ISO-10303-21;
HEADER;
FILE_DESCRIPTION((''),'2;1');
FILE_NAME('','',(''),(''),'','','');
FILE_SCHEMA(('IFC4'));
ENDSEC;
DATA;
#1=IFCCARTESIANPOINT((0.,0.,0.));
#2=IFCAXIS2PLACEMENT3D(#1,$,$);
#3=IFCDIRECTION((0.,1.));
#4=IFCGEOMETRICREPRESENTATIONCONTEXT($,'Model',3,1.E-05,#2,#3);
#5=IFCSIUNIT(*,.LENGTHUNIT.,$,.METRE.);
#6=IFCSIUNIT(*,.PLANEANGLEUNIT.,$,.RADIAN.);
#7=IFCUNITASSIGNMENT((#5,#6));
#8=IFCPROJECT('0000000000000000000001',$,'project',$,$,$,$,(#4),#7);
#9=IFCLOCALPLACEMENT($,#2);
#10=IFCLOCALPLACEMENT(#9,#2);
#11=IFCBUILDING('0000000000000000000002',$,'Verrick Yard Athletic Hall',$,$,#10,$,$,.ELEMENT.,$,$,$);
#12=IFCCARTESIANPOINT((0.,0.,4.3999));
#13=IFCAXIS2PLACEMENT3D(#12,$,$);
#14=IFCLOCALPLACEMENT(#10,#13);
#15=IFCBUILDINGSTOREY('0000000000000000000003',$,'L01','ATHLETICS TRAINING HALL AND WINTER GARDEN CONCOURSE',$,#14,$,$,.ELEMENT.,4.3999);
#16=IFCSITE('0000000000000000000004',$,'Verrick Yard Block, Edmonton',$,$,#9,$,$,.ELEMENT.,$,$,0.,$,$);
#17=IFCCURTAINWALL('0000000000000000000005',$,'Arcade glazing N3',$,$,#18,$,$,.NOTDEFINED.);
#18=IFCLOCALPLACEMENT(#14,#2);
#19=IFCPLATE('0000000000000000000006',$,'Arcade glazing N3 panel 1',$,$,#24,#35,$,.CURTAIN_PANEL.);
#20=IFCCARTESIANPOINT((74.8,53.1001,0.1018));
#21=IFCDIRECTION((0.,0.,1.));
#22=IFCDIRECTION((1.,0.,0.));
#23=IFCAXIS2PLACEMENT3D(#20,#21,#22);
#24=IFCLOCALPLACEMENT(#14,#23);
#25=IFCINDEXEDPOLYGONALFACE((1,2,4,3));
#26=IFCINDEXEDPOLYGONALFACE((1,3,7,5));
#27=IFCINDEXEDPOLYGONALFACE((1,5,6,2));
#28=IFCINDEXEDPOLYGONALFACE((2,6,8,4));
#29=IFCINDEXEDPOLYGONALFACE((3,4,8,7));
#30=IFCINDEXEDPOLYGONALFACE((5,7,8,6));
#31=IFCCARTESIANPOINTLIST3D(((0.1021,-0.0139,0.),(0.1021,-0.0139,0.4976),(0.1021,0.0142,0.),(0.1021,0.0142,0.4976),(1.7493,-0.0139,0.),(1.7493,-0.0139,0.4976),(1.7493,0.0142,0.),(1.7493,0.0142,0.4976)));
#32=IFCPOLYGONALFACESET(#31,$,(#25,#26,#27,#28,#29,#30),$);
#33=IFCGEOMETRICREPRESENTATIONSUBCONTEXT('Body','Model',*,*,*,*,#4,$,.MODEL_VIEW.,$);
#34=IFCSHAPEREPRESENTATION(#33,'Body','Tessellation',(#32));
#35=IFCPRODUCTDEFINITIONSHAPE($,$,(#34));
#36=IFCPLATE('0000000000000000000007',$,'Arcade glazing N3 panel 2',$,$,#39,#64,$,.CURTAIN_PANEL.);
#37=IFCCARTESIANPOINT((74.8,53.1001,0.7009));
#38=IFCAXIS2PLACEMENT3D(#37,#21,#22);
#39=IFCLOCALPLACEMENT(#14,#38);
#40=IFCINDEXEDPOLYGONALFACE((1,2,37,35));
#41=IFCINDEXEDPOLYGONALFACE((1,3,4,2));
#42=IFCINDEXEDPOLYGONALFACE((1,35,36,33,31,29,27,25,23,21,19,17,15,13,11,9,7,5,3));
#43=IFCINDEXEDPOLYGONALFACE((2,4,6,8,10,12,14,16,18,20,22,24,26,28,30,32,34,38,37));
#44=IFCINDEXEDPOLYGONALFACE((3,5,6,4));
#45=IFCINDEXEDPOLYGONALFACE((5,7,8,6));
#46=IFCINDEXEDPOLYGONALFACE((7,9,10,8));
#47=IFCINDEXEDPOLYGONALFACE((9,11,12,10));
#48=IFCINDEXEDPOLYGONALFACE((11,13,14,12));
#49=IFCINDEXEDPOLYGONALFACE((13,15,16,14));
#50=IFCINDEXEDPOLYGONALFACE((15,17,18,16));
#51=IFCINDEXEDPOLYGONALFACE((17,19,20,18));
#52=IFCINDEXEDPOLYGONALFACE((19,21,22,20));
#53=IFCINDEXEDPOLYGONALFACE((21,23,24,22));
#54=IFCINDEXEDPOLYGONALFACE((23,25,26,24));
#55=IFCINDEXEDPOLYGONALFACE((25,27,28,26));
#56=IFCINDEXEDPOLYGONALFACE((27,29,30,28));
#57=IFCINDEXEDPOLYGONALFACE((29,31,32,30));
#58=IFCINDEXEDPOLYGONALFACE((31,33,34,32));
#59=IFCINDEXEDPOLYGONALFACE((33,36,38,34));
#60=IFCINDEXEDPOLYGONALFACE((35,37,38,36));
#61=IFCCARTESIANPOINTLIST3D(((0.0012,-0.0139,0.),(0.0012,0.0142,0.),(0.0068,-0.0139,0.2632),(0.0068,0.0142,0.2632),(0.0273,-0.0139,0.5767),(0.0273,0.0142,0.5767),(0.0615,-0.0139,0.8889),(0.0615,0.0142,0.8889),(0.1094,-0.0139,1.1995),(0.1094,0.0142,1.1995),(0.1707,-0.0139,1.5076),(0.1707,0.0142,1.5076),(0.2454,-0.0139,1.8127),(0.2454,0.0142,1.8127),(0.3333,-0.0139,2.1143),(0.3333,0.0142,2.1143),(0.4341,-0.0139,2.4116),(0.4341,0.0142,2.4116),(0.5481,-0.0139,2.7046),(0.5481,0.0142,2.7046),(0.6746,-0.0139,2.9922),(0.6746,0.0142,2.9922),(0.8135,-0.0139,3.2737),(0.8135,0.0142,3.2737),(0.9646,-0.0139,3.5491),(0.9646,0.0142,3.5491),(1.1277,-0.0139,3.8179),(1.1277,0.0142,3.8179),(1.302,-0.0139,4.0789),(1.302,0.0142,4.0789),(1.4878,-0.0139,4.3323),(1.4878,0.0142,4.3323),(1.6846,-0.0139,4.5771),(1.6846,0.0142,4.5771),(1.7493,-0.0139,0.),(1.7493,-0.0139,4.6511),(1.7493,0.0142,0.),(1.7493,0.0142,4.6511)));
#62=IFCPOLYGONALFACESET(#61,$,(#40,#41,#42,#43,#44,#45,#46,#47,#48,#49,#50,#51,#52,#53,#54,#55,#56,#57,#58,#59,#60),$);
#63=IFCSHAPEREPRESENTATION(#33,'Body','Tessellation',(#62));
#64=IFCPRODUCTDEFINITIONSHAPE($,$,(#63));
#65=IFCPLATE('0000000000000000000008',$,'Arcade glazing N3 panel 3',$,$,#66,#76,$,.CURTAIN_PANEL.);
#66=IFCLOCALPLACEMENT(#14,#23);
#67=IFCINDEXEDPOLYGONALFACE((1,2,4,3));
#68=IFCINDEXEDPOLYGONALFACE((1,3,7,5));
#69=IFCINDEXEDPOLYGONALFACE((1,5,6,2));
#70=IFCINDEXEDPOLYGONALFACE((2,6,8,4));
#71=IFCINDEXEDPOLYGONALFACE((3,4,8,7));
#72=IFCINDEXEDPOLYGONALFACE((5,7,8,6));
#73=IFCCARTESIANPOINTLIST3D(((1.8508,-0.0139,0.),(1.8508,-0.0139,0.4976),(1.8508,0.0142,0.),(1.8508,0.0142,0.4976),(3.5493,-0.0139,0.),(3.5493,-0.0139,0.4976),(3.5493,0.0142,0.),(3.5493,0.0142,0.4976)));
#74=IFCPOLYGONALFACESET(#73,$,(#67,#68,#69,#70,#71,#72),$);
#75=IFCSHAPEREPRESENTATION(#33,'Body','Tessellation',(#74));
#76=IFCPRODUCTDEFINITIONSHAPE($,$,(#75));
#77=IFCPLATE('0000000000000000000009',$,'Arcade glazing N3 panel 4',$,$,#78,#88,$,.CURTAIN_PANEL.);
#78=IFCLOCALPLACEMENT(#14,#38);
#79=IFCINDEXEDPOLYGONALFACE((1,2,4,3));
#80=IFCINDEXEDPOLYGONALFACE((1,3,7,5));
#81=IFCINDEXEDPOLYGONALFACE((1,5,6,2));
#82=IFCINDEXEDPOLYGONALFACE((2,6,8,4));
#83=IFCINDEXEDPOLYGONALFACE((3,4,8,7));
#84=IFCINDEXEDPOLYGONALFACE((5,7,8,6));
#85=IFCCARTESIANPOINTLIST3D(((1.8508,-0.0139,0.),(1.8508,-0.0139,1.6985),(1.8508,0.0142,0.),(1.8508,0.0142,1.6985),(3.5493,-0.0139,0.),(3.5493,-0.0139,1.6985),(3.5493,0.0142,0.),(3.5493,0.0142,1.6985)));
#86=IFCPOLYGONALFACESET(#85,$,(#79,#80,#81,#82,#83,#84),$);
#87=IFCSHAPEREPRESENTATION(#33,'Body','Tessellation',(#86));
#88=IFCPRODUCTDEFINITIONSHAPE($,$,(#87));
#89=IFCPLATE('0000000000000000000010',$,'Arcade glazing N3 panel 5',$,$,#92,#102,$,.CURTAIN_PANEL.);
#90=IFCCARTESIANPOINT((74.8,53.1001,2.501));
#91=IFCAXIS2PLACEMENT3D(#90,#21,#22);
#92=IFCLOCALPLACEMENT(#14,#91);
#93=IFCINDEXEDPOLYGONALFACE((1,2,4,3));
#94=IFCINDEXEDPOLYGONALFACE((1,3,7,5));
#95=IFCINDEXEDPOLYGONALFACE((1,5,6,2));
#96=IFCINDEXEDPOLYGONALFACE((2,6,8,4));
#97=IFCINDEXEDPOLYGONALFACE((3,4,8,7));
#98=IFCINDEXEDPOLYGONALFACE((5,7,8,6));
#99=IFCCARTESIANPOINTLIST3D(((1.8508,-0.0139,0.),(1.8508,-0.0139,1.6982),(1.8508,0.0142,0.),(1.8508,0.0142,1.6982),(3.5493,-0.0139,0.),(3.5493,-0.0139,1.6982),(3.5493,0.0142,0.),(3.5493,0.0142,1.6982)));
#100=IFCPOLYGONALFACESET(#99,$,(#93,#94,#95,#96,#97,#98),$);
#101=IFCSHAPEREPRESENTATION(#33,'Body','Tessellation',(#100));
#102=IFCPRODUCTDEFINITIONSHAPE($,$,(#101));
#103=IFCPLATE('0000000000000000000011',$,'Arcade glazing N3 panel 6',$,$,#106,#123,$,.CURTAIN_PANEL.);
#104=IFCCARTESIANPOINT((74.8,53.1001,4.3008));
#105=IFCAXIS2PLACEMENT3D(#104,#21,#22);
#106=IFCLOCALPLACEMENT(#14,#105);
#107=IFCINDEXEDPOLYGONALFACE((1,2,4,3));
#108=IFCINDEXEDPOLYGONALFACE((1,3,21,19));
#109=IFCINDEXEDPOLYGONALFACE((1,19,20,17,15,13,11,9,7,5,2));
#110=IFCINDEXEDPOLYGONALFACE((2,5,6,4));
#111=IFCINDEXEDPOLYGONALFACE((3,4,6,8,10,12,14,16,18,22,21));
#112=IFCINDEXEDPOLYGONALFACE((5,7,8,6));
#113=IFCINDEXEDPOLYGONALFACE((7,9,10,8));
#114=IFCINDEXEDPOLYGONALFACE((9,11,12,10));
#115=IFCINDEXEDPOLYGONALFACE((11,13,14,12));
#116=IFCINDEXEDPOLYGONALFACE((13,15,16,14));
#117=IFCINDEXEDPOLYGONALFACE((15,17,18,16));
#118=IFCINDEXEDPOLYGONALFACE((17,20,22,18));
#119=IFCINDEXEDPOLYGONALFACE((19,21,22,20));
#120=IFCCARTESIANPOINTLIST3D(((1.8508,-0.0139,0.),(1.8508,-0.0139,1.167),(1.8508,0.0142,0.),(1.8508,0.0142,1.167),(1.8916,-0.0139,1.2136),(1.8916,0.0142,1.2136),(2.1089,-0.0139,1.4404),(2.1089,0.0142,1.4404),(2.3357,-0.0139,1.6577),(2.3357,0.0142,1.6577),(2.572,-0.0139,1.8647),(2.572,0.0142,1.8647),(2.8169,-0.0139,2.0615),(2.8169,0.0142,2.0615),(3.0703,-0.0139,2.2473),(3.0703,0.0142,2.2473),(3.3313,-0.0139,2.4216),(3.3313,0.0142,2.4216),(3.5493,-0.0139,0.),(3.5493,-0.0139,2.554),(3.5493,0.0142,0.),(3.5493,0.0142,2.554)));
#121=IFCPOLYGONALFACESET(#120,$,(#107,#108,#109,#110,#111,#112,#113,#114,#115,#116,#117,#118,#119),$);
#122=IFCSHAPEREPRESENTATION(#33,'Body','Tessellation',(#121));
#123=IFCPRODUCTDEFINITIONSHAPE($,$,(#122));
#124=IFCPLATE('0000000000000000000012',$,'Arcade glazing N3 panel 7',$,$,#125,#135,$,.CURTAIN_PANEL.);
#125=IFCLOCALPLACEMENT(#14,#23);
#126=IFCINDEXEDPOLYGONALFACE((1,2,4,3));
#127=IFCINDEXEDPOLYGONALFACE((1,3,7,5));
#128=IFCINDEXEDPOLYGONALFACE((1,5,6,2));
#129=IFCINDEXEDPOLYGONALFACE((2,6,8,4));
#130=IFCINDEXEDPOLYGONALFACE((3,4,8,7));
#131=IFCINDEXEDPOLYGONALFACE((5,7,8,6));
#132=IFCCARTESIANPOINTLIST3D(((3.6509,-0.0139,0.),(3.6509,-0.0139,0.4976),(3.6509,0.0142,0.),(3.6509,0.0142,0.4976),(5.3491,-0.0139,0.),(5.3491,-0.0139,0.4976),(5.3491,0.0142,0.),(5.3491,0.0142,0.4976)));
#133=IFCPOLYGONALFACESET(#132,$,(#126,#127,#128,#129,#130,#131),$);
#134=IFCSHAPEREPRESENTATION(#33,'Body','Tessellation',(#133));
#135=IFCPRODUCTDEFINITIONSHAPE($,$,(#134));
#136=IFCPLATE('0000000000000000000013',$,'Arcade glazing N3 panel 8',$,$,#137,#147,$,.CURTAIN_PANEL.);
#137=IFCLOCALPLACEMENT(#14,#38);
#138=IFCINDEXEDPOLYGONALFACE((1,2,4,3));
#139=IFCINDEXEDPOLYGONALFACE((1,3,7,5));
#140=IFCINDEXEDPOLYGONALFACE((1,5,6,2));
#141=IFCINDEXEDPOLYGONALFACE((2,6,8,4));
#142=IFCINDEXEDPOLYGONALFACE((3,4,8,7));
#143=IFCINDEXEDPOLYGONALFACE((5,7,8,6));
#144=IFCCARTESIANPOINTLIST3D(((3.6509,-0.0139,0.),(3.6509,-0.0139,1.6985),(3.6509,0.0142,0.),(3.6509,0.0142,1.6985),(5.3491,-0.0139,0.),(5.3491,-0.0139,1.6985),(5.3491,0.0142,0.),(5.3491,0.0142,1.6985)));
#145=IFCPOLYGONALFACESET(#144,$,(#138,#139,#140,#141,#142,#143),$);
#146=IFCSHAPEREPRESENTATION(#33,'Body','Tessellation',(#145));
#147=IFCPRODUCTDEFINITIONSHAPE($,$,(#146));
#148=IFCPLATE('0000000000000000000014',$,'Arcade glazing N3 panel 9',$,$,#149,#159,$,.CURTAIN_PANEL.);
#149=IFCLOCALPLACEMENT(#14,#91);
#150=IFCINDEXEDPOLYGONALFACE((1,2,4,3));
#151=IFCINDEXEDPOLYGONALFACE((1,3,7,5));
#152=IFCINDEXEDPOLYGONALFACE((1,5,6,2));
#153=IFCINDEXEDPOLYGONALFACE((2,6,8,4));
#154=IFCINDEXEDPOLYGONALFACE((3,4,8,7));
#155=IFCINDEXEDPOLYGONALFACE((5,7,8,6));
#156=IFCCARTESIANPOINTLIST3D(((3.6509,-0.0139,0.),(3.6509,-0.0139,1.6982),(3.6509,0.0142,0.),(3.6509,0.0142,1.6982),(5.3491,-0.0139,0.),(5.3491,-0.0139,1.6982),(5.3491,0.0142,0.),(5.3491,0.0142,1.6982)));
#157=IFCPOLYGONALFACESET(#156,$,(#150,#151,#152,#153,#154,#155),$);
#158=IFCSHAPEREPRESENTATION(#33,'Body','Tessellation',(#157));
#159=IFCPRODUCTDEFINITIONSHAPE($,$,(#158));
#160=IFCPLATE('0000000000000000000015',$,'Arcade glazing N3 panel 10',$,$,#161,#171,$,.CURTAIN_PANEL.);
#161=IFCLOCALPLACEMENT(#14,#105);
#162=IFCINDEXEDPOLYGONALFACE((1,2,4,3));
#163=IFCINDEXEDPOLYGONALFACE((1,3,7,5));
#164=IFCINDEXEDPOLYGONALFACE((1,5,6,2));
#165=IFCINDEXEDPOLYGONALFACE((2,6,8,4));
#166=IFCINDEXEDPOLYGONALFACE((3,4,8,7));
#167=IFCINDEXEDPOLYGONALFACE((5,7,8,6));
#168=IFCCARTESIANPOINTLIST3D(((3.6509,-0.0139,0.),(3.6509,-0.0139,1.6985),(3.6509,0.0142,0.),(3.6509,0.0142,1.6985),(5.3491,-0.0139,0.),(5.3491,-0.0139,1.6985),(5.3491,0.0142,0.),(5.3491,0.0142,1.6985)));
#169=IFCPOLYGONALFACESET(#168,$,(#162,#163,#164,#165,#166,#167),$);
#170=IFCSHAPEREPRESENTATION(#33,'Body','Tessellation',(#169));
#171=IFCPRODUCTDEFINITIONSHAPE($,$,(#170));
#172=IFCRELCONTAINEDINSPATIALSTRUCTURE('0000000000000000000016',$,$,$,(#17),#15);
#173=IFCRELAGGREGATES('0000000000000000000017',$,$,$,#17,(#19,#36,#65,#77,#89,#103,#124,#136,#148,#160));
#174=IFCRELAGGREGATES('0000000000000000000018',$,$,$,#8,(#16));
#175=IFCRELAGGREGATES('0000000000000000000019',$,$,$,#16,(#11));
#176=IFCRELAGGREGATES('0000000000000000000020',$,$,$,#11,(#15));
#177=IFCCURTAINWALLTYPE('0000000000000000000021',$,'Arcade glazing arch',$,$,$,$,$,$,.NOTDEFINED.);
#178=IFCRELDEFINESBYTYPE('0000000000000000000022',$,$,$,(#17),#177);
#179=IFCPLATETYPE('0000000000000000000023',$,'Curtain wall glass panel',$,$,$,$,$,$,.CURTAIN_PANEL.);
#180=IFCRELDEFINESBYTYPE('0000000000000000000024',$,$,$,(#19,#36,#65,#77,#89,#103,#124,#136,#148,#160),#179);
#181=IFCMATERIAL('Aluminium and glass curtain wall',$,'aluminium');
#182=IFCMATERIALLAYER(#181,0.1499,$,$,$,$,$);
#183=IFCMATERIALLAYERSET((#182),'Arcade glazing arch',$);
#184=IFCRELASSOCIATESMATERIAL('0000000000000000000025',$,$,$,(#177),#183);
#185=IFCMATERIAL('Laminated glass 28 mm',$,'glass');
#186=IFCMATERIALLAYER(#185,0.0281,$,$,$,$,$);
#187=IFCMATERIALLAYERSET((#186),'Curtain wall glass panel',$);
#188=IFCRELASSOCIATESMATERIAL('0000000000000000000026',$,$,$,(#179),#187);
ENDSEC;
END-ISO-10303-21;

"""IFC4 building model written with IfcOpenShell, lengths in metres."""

from ifc_helpers import new_model, si_unit, direction, frame, origin, place, context, subcontext, project, spatial, polyline, outline, extrude, material, layer, layer_set, type_object, element, aggregate, save


model = new_model("IFC4")

# Units and contexts
model_context = context("Model", 3, precision=1e-05, world=origin(), true_north=direction((0.0, 1.0)))
body_context = subcontext(model_context, "Body", "Model", "MODEL_VIEW")
ifc_project = project(units=[si_unit("LENGTHUNIT", "METRE"), si_unit("PLANEANGLEUNIT", "RADIAN")], contexts=[model_context])

# Site, building, storey
site_placement = place(None, origin())
site = spatial("IfcSite", under=ifc_project, at=site_placement, Name="Verrick Yard Block, Edmonton", CompositionType="ELEMENT", RefElevation=0.0)
building_placement = place(site_placement, origin())
building = spatial("IfcBuilding", under=site, at=building_placement, Name="Verrick Yard Athletic Hall", CompositionType="ELEMENT")
storey_placement = place(building_placement, frame((0.0, 0.0, 4.3999)))
storey = spatial("IfcBuildingStorey", under=building, at=storey_placement, Name="L01", Description="ATHLETICS TRAINING HALL AND WINTER GARDEN CONCOURSE", CompositionType="ELEMENT", Elevation=4.3999)

# Shared definitions
ifc_material_1 = material(Name="Aluminium and glass curtain wall", Category="aluminium")
ifc_layer_1 = layer(ifc_material_1, 0.1499)
ifc_layer_set_1 = layer_set([ifc_layer_1], Name="Arcade glazing arch")
curtain_wall_type = type_object("IfcCurtainWallType", Name="Arcade glazing arch", PredefinedType="NOTDEFINED", material=ifc_layer_set_1)

# Curtain wall, plates
curtain_wall_1_placement = place(storey_placement, origin())
curtain_wall_1 = element("IfcCurtainWall", 1, at=curtain_wall_1_placement, inside=storey, type_object=curtain_wall_type, Name="Arcade glazing N3", PredefinedType="NOTDEFINED")
ifc_material_2 = material(Name="Laminated glass 28 mm", Category="glass")
ifc_layer_2 = layer(ifc_material_2, 0.0281)
ifc_layer_set_2 = layer_set([ifc_layer_2], Name="Curtain wall glass panel")
plate_type = type_object("IfcPlateType", Name="Curtain wall glass panel", PredefinedType="CURTAIN_PANEL", material=ifc_layer_set_2)
plate_1_placement = place(storey_placement, frame((74.8, 53.1001, 0.1018), z_axis=(0.0, 0.0, 1.0), x_axis=(1.0, 0.0, 0.0)))
plate_1 = element("IfcPlate", 2, at=plate_1_placement, type_object=plate_type, Name="Arcade glazing N3 panel 1", PredefinedType="CURTAIN_PANEL", context=body_context, shape_type="SweptSolid", body=[
    extrude(outline(polyline([(1.7493, 0.0), (1.7493, 0.4976), (0.1021, 0.4976), (0.1021, 0.0), (1.7493, 0.0)])), frame((0.0, 0.0142, 0.0), z_axis=(0.0, -1.0, 0.0), x_axis=(1.0, 0.0, 0.0)), (0.0, 0.0, 1.0), 0.0281),
])
plate_2_placement = place(storey_placement, frame((74.8, 53.1001, 0.7009), z_axis=(0.0, 0.0, 1.0), x_axis=(1.0, 0.0, 0.0)))
plate_2 = element("IfcPlate", 3, at=plate_2_placement, type_object=plate_type, Name="Arcade glazing N3 panel 2", PredefinedType="CURTAIN_PANEL", context=body_context, shape_type="SweptSolid", body=[
    extrude(outline(polyline([(1.7493, 4.6511), (1.6846, 4.5771), (1.4878, 4.3323), (1.302, 4.0789), (1.1277, 3.8179), (0.9646, 3.5491), (0.8135, 3.2737), (0.6746, 2.9922), (0.5481, 2.7046), (0.4341, 2.4116), (0.3333, 2.1143), (0.2454, 1.8127), (0.1707, 1.5076), (0.1094, 1.1995), (0.0615, 0.8889), (0.0273, 0.5767), (0.0068, 0.2632), (0.0012, 0.0), (1.7493, 0.0), (1.7493, 4.6511)])), frame((0.0, 0.0142, 0.0), z_axis=(0.0, -1.0, 0.0), x_axis=(1.0, 0.0, 0.0)), (0.0, 0.0, 1.0), 0.0281),
])
plate_3_placement = place(storey_placement, frame((74.8, 53.1001, 0.1018), z_axis=(0.0, 0.0, 1.0), x_axis=(1.0, 0.0, 0.0)))
plate_3 = element("IfcPlate", 4, at=plate_3_placement, type_object=plate_type, Name="Arcade glazing N3 panel 3", PredefinedType="CURTAIN_PANEL", context=body_context, shape_type="SweptSolid", body=[
    extrude(outline(polyline([(3.5493, 0.0), (3.5493, 0.4976), (1.8508, 0.4976), (1.8508, 0.0), (3.5493, 0.0)])), frame((0.0, 0.0142, 0.0), z_axis=(0.0, -1.0, 0.0), x_axis=(1.0, 0.0, 0.0)), (0.0, 0.0, 1.0), 0.0281),
])
plate_4_placement = place(storey_placement, frame((74.8, 53.1001, 0.7009), z_axis=(0.0, 0.0, 1.0), x_axis=(1.0, 0.0, 0.0)))
plate_4 = element("IfcPlate", 5, at=plate_4_placement, type_object=plate_type, Name="Arcade glazing N3 panel 4", PredefinedType="CURTAIN_PANEL", context=body_context, shape_type="SweptSolid", body=[
    extrude(outline(polyline([(3.5493, 0.0), (3.5493, 1.6985), (1.8508, 1.6985), (1.8508, 0.0), (3.5493, 0.0)])), frame((0.0, 0.0142, 0.0), z_axis=(0.0, -1.0, 0.0), x_axis=(1.0, 0.0, 0.0)), (0.0, 0.0, 1.0), 0.0281),
])
plate_5_placement = place(storey_placement, frame((74.8, 53.1001, 2.501), z_axis=(0.0, 0.0, 1.0), x_axis=(1.0, 0.0, 0.0)))
plate_5 = element("IfcPlate", 6, at=plate_5_placement, type_object=plate_type, Name="Arcade glazing N3 panel 5", PredefinedType="CURTAIN_PANEL", context=body_context, shape_type="SweptSolid", body=[
    extrude(outline(polyline([(3.5493, 0.0), (3.5493, 1.6982), (1.8508, 1.6982), (1.8508, 0.0), (3.5493, 0.0)])), frame((0.0, 0.0142, 0.0), z_axis=(0.0, -1.0, 0.0), x_axis=(1.0, 0.0, 0.0)), (0.0, 0.0, 1.0), 0.0281),
])
plate_6_placement = place(storey_placement, frame((74.8, 53.1001, 4.3008), z_axis=(0.0, 0.0, 1.0), x_axis=(1.0, 0.0, 0.0)))
plate_6 = element("IfcPlate", 7, at=plate_6_placement, type_object=plate_type, Name="Arcade glazing N3 panel 6", PredefinedType="CURTAIN_PANEL", context=body_context, shape_type="SweptSolid", body=[
    extrude(outline(polyline([(3.5493, 2.554), (3.3313, 2.4216), (3.0703, 2.2473), (2.8169, 2.0615), (2.572, 1.8647), (2.3357, 1.6577), (2.1089, 1.4404), (1.8916, 1.2136), (1.8508, 1.167), (1.8508, 0.0), (3.5493, 0.0), (3.5493, 2.554)])), frame((0.0, 0.0142, 0.0), z_axis=(0.0, -1.0, 0.0), x_axis=(1.0, 0.0, 0.0)), (0.0, 0.0, 1.0), 0.0281),
])
plate_7_placement = place(storey_placement, frame((74.8, 53.1001, 0.1018), z_axis=(0.0, 0.0, 1.0), x_axis=(1.0, 0.0, 0.0)))
plate_7 = element("IfcPlate", 8, at=plate_7_placement, type_object=plate_type, Name="Arcade glazing N3 panel 7", PredefinedType="CURTAIN_PANEL", context=body_context, shape_type="SweptSolid", body=[
    extrude(outline(polyline([(5.3491, 0.0), (5.3491, 0.4976), (3.6509, 0.4976), (3.6509, 0.0), (5.3491, 0.0)])), frame((0.0, 0.0142, 0.0), z_axis=(0.0, -1.0, 0.0), x_axis=(1.0, 0.0, 0.0)), (0.0, 0.0, 1.0), 0.0281),
])
plate_8_placement = place(storey_placement, frame((74.8, 53.1001, 0.7009), z_axis=(0.0, 0.0, 1.0), x_axis=(1.0, 0.0, 0.0)))
plate_8 = element("IfcPlate", 9, at=plate_8_placement, type_object=plate_type, Name="Arcade glazing N3 panel 8", PredefinedType="CURTAIN_PANEL", context=body_context, shape_type="SweptSolid", body=[
    extrude(outline(polyline([(5.3491, 0.0), (5.3491, 1.6985), (3.6509, 1.6985), (3.6509, 0.0), (5.3491, 0.0)])), frame((0.0, 0.0142, 0.0), z_axis=(0.0, -1.0, 0.0), x_axis=(1.0, 0.0, 0.0)), (0.0, 0.0, 1.0), 0.0281),
])
plate_9_placement = place(storey_placement, frame((74.8, 53.1001, 2.501), z_axis=(0.0, 0.0, 1.0), x_axis=(1.0, 0.0, 0.0)))
plate_9 = element("IfcPlate", 10, at=plate_9_placement, type_object=plate_type, Name="Arcade glazing N3 panel 9", PredefinedType="CURTAIN_PANEL", context=body_context, shape_type="SweptSolid", body=[
    extrude(outline(polyline([(5.3491, 0.0), (5.3491, 1.6982), (3.6509, 1.6982), (3.6509, 0.0), (5.3491, 0.0)])), frame((0.0, 0.0142, 0.0), z_axis=(0.0, -1.0, 0.0), x_axis=(1.0, 0.0, 0.0)), (0.0, 0.0, 1.0), 0.0281),
])
plate_10_placement = place(storey_placement, frame((74.8, 53.1001, 4.3008), z_axis=(0.0, 0.0, 1.0), x_axis=(1.0, 0.0, 0.0)))
plate_10 = element("IfcPlate", 11, at=plate_10_placement, type_object=plate_type, Name="Arcade glazing N3 panel 10", PredefinedType="CURTAIN_PANEL", context=body_context, shape_type="SweptSolid", body=[
    extrude(outline(polyline([(5.3491, 0.0), (5.3491, 1.6985), (3.6509, 1.6985), (3.6509, 0.0), (5.3491, 0.0)])), frame((0.0, 0.0142, 0.0), z_axis=(0.0, -1.0, 0.0), x_axis=(1.0, 0.0, 0.0)), (0.0, 0.0, 1.0), 0.0281),
])
aggregate(curtain_wall_1, [plate_1, plate_2, plate_3, plate_4, plate_5, plate_6, plate_7, plate_8, plate_9, plate_10])

save(model, "model.ifc")
